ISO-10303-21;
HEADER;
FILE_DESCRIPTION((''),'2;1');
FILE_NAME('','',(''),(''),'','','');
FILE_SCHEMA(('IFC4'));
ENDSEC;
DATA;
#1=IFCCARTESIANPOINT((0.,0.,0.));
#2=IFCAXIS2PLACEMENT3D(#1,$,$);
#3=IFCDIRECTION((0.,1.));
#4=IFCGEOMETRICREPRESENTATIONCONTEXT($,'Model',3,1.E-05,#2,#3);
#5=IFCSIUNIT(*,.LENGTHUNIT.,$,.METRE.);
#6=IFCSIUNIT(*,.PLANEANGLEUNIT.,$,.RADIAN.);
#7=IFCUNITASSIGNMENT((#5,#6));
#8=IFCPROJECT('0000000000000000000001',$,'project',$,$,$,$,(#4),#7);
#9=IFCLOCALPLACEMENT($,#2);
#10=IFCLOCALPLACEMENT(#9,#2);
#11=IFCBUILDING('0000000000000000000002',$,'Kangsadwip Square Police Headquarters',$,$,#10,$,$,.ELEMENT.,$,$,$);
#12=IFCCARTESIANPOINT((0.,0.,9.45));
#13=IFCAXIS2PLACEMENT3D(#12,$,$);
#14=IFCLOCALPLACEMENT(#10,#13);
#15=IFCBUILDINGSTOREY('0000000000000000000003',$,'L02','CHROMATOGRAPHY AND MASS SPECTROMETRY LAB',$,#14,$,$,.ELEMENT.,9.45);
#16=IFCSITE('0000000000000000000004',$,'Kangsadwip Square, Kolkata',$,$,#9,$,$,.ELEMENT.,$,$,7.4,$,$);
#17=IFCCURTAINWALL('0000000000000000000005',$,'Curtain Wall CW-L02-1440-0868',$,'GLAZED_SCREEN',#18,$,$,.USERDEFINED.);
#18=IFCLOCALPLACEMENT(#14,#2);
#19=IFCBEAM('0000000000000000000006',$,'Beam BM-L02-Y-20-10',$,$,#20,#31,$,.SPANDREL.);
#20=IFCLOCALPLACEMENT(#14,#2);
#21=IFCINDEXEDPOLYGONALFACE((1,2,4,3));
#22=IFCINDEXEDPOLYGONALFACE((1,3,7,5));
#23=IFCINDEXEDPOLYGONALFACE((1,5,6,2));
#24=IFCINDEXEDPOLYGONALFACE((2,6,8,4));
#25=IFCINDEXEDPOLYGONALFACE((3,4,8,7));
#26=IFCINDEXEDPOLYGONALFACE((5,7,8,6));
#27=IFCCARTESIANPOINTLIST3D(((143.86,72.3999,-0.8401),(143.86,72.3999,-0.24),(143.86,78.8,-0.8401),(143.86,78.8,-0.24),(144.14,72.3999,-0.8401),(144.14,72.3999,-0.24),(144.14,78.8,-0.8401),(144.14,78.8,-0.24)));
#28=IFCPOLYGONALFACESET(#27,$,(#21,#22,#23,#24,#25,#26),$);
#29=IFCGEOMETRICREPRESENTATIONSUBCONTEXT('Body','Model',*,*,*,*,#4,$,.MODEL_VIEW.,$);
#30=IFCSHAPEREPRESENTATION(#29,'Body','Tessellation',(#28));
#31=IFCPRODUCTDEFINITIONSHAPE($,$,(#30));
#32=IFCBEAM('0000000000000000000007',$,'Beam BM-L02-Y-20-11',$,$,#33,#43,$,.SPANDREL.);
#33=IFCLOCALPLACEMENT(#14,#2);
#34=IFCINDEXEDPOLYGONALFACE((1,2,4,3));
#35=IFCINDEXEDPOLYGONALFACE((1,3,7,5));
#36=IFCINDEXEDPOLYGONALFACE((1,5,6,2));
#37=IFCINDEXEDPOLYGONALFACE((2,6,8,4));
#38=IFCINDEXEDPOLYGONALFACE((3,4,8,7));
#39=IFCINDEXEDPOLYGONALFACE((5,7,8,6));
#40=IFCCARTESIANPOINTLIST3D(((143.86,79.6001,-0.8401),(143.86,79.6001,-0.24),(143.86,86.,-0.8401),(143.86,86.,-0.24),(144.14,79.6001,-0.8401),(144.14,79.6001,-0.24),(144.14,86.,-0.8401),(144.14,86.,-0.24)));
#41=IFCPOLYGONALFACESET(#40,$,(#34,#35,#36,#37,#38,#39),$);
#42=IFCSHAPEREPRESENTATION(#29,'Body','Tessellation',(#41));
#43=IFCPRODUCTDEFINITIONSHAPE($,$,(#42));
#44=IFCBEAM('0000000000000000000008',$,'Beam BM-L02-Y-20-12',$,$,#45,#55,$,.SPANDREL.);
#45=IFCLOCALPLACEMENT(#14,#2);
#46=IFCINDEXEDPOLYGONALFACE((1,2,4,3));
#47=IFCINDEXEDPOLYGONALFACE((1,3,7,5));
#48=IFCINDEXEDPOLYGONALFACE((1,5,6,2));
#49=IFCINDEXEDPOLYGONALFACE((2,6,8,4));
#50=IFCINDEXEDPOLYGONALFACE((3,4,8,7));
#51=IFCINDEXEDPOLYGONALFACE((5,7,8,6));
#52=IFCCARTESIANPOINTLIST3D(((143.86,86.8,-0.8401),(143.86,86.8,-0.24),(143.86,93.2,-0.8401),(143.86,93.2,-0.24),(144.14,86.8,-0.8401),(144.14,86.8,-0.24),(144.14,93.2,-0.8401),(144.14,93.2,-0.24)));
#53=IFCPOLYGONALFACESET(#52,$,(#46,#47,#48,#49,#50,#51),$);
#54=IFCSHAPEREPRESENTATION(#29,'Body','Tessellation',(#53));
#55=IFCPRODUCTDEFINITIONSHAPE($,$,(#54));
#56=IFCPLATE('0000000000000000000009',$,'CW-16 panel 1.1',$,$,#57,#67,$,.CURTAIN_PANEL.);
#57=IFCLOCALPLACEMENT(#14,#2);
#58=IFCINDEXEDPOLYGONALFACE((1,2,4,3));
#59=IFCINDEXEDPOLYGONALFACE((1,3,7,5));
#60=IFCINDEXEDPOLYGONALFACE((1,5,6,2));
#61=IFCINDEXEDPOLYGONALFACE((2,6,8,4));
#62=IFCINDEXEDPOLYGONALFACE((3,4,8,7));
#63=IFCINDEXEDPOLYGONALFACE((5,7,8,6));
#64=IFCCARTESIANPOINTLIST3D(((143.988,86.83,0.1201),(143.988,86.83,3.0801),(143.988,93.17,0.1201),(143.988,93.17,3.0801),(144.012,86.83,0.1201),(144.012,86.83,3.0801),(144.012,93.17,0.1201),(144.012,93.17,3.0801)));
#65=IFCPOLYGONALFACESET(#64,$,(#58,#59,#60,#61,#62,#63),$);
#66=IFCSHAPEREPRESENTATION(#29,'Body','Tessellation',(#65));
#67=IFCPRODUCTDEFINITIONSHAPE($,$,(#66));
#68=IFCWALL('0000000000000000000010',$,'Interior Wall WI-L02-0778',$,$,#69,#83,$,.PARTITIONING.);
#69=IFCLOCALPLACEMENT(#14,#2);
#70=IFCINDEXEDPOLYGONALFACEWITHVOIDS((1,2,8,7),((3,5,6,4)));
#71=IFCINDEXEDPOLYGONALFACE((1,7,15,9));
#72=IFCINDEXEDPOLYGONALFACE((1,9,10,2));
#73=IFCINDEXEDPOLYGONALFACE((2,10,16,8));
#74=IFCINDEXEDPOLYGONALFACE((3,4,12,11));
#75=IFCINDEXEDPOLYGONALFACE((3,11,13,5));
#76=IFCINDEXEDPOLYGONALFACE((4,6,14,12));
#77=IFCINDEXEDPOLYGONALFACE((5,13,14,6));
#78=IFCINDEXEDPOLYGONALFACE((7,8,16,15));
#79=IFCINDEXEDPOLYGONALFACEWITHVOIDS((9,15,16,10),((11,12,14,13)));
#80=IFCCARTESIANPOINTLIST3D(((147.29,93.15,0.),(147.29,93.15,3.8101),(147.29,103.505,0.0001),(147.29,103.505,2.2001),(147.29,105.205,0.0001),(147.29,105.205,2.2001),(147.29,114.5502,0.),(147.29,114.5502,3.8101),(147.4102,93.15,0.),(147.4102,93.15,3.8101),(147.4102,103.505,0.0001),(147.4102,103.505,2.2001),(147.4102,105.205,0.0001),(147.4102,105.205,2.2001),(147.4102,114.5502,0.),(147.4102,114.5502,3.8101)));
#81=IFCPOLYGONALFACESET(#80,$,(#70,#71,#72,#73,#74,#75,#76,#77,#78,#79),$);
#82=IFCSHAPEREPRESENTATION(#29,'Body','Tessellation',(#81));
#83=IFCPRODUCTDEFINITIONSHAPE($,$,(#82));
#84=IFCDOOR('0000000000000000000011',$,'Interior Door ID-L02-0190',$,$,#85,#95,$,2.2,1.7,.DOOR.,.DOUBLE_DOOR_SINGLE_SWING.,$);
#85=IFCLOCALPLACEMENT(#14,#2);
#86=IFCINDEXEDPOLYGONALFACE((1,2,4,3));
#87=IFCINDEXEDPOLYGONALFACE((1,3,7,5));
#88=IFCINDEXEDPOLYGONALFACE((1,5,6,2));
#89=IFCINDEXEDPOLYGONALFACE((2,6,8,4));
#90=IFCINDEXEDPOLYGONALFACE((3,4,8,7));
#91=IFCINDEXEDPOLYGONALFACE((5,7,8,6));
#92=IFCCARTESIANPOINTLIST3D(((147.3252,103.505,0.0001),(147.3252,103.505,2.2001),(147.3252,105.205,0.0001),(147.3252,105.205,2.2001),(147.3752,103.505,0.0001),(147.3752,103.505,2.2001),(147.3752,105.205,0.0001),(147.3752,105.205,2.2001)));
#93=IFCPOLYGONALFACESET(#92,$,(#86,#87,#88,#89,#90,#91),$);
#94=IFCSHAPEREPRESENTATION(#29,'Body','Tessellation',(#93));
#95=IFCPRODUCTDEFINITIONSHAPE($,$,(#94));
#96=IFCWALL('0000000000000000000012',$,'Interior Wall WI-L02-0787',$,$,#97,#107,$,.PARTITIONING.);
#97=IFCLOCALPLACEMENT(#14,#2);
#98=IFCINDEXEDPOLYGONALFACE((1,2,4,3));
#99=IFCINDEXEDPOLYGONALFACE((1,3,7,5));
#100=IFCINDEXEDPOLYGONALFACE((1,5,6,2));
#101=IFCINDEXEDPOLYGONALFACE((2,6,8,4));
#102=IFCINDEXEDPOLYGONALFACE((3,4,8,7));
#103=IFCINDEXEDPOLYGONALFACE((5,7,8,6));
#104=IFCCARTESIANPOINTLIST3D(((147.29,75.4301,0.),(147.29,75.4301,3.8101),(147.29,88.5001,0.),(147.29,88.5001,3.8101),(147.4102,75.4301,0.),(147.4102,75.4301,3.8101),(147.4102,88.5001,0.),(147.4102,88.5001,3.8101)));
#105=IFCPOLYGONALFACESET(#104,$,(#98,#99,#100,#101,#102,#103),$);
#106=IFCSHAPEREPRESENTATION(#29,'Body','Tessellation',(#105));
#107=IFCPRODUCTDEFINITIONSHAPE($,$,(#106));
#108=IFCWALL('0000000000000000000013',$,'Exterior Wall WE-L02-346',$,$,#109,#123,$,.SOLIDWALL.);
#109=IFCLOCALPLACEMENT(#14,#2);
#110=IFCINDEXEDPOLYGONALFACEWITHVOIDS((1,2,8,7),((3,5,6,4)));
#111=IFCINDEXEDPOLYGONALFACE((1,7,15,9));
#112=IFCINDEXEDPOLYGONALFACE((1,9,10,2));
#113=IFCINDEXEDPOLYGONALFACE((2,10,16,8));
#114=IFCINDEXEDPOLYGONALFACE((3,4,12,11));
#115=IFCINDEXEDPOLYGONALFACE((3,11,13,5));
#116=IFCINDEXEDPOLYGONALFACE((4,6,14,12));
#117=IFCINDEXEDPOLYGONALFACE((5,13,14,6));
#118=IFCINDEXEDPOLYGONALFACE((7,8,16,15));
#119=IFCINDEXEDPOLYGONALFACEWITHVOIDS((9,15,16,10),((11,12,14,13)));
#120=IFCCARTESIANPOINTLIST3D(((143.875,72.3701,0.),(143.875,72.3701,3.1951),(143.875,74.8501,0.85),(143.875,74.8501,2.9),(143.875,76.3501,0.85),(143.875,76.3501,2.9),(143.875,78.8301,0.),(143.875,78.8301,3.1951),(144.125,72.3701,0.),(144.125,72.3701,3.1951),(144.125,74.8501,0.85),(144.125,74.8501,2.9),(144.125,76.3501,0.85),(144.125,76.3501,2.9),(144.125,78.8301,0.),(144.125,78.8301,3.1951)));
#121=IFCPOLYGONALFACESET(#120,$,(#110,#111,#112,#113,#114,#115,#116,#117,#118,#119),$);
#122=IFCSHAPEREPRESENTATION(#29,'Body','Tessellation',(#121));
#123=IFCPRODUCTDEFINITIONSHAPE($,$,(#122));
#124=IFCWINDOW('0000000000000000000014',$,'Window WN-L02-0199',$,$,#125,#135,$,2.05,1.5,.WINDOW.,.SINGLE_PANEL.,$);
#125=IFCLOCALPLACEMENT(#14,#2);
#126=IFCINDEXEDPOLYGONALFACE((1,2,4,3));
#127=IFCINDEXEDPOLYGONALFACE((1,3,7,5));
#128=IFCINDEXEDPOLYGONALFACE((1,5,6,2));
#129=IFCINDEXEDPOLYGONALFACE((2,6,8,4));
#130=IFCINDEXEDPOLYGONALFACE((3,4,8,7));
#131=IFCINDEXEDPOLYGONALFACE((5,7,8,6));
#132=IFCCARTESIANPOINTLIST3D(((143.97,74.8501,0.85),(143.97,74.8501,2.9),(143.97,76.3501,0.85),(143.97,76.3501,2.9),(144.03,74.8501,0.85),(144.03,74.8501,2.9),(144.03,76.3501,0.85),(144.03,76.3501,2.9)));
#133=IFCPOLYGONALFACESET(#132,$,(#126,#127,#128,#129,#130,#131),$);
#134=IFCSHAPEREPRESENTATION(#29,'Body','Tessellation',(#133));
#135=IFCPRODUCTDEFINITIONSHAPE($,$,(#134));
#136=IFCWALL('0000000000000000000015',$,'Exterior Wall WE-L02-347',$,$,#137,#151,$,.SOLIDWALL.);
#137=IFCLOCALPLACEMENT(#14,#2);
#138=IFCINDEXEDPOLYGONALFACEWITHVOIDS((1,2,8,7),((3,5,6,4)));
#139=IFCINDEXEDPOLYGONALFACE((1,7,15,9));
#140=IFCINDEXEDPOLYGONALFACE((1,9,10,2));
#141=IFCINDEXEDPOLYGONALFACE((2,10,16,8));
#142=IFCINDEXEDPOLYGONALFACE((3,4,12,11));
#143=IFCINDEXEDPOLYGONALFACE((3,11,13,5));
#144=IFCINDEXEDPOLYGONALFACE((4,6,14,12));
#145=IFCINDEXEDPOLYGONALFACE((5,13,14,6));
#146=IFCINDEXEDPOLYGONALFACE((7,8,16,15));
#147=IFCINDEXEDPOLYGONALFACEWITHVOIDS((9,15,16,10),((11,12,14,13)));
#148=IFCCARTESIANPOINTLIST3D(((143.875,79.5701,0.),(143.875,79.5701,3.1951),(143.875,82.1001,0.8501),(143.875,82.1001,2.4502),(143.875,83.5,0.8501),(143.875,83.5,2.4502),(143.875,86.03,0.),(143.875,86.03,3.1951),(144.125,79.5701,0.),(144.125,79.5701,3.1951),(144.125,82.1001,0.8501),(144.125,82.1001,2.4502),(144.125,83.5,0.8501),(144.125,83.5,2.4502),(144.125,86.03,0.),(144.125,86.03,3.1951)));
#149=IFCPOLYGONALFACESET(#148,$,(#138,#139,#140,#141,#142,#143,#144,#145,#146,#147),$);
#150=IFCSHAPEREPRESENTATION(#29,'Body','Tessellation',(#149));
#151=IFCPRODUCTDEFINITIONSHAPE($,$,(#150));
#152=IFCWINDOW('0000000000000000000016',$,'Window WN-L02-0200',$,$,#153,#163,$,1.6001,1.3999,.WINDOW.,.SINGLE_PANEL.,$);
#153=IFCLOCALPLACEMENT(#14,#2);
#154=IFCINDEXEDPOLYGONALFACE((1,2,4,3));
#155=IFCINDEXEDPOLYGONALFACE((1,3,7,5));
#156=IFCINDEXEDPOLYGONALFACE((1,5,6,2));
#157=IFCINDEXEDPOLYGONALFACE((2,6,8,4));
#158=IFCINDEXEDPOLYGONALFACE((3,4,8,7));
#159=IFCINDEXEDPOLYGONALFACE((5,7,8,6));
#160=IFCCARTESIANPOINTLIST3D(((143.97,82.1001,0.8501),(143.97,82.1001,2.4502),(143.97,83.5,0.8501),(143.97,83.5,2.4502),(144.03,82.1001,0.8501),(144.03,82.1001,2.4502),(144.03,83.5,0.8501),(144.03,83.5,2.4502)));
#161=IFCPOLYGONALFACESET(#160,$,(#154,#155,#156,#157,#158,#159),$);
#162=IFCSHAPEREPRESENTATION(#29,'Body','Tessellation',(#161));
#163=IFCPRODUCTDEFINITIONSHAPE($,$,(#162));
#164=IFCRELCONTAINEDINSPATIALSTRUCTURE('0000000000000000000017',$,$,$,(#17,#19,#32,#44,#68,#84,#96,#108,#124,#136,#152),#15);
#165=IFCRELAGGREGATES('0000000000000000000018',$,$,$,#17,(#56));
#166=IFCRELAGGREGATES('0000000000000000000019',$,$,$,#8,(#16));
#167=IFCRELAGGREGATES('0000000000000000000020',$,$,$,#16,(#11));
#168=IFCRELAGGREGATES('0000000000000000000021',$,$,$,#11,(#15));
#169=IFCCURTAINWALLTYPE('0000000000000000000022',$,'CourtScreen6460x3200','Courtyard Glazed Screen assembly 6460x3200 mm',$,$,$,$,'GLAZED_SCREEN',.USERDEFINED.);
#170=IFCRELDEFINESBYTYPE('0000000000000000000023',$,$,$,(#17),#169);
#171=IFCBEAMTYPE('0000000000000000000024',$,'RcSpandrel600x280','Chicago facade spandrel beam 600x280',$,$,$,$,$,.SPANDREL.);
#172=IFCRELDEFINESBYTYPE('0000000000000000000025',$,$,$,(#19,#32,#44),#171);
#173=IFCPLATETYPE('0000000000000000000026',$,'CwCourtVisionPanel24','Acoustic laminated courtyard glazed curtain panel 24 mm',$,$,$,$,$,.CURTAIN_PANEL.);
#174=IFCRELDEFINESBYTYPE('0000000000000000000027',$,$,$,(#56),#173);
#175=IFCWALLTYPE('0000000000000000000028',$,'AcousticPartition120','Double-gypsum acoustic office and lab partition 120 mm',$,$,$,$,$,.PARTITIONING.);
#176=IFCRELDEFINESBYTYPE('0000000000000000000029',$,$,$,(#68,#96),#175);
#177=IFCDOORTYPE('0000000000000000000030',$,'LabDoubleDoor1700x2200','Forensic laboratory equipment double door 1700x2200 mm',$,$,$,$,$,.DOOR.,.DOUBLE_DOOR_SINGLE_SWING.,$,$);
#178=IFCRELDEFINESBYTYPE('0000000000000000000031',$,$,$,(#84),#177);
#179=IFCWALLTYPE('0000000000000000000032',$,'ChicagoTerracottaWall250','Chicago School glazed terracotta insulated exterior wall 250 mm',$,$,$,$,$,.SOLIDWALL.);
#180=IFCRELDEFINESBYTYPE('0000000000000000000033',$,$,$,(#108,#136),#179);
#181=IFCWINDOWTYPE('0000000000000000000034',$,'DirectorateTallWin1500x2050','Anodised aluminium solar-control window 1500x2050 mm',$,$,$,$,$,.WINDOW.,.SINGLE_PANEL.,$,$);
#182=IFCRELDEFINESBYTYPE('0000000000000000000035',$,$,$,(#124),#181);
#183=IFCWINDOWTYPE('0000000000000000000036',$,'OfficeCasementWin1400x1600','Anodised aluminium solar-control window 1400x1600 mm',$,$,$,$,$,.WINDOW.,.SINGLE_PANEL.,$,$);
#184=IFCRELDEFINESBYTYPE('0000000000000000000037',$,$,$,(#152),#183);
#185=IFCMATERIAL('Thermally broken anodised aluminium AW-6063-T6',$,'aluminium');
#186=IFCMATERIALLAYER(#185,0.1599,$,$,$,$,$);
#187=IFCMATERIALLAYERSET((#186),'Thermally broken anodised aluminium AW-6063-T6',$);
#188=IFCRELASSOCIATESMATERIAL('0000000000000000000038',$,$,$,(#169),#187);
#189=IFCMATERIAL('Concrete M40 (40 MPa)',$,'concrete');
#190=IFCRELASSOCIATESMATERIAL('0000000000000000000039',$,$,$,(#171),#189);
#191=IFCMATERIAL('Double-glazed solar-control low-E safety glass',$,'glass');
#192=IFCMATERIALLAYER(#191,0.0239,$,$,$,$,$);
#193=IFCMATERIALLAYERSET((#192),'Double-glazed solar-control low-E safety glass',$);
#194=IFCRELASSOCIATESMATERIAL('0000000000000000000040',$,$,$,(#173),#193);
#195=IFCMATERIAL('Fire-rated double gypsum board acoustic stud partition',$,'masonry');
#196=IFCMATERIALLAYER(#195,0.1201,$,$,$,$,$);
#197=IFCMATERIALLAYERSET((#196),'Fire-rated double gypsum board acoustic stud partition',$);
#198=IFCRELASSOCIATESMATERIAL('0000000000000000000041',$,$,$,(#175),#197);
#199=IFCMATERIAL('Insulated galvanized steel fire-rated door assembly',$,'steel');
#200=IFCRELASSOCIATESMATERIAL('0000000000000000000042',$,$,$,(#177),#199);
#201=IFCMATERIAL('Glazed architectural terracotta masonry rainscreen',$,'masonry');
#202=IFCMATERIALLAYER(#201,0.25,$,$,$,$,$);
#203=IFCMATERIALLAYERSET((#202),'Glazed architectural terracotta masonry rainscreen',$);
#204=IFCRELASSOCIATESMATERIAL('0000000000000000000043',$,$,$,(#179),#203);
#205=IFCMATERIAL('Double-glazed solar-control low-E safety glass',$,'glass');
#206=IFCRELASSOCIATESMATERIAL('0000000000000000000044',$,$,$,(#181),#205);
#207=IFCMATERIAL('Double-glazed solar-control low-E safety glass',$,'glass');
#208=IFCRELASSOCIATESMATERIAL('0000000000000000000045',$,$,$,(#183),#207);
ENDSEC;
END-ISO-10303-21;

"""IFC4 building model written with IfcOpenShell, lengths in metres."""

from ifc_helpers import new_model, si_unit, direction, frame, frame_2d, origin, origin_2d, place, context, subcontext, project, spatial, rectangle, extrude, material, layer, layer_set, material_profile, profile_set, type_object, element, fill, aggregate, save


model = new_model("IFC4")

# Units and contexts
model_context = context("Model", 3, precision=1e-05, world=origin(), true_north=direction((0.0, 1.0)))
body_context = subcontext(model_context, "Body", "Model", "MODEL_VIEW")
ifc_project = project(units=[si_unit("LENGTHUNIT", "METRE"), si_unit("PLANEANGLEUNIT", "RADIAN")], contexts=[model_context])

# Site, building, storey
site_placement = place(None, origin())
site = spatial("IfcSite", under=ifc_project, at=site_placement, Name="Kangsadwip Square, Kolkata", CompositionType="ELEMENT", RefElevation=7.4)
building_placement = place(site_placement, origin())
building = spatial("IfcBuilding", under=site, at=building_placement, Name="Kangsadwip Square Police Headquarters", CompositionType="ELEMENT")
storey_placement = place(building_placement, frame((0.0, 0.0, 9.45)))
storey = spatial("IfcBuildingStorey", under=building, at=storey_placement, Name="L02", Description="CHROMATOGRAPHY AND MASS SPECTROMETRY LAB", CompositionType="ELEMENT", Elevation=9.45)

# Curtain wall
ifc_material_1 = material(Name="Thermally broken anodised aluminium AW-6063-T6", Category="aluminium")
ifc_layer_1 = layer(ifc_material_1, 0.1599)
ifc_layer_set_1 = layer_set([ifc_layer_1], Name="Thermally broken anodised aluminium AW-6063-T6")
curtain_wall_type = type_object("IfcCurtainWallType", Name="CourtScreen6460x3200", Description="Courtyard Glazed Screen assembly 6460x3200 mm", ElementType="GLAZED_SCREEN", PredefinedType="USERDEFINED", material=ifc_layer_set_1)
curtain_wall_placement = place(storey_placement, origin())
curtain_wall = element("IfcCurtainWall", 1, at=curtain_wall_placement, inside=storey, type_object=curtain_wall_type, Name="Curtain Wall CW-L02-1440-0868", ObjectType="GLAZED_SCREEN", PredefinedType="USERDEFINED")

# Beams
ifc_material_2 = material(Name="Concrete M40 (40 MPa)", Category="concrete")
ifc_material_profile_1 = material_profile(ifc_material_2, rectangle(XDim=0.28, YDim=0.6001, at=origin_2d()), Name="RC SPN 600X280")
ifc_profile_set_1 = profile_set([ifc_material_profile_1], Name="Concrete M40 (40 MPa)")
beam_type_1 = type_object("IfcBeamType", Name="RcSpandrel600x280", Description="Chicago facade spandrel beam 600x280", PredefinedType="SPANDREL", material=ifc_profile_set_1)
beam_1_placement = place(storey_placement, frame((144.0, 72.3999, -0.54), z_axis=(0.0, 1.0, 0.0), x_axis=(-1.0, 0.0, 0.0)))
element("IfcBeam", 2, at=beam_1_placement, inside=storey, type_object=beam_type_1, Name="Beam BM-L02-Y-20-10", PredefinedType="SPANDREL", context=body_context, shape_type="SweptSolid", body=[
    extrude(rectangle(XDim=0.28, YDim=0.6001, at=origin_2d()), origin(), (0.0, 0.0, 1.0), 6.4001),
])
for number, where, z_axis, x_axis, name in (
    (3, (144.0, 79.6001, -0.54), (0.0, 1.0, 0.0), (-1.0, 0.0, 0.0), "Beam BM-L02-Y-20-11"),
    (4, (144.0, 86.8, -0.54), (0.0, 1.0, 0.0), (-1.0, 0.0, 0.0), "Beam BM-L02-Y-20-12"),
):
    element("IfcBeam", number, at=place(storey_placement, frame(where, z_axis=z_axis, x_axis=x_axis)), inside=storey, type_object=beam_type_1, Name=name, PredefinedType="SPANDREL", context=body_context, shape_type="SweptSolid", body=[
        extrude(rectangle(XDim=0.28, YDim=0.6001, at=origin_2d()), origin(), (0.0, 0.0, 1.0), 6.3999),
    ])

# Plate
ifc_material_3 = material(Name="Double-glazed solar-control low-E safety glass", Category="glass")
ifc_layer_2 = layer(ifc_material_3, 0.0239)
ifc_layer_set_2 = layer_set([ifc_layer_2], Name="Double-glazed solar-control low-E safety glass")
plate_type = type_object("IfcPlateType", Name="CwCourtVisionPanel24", Description="Acoustic laminated courtyard glazed curtain panel 24 mm", PredefinedType="CURTAIN_PANEL", material=ifc_layer_set_2)
plate_placement = place(storey_placement, frame((144.0, 90.0, 0.1201), z_axis=(0.0, 0.0, 1.0), x_axis=(0.0, 1.0, 0.0)))
plate = element("IfcPlate", 5, at=plate_placement, type_object=plate_type, Name="CW-16 panel 1.1", PredefinedType="CURTAIN_PANEL", context=body_context, shape_type="SweptSolid", body=[
    extrude(rectangle(XDim=6.3401, YDim=0.0239, at=origin_2d()), origin(), (0.0, 0.0, 1.0), 2.96),
])
aggregate(curtain_wall, [plate])

# Wall, opening, door
ifc_material_4 = material(Name="Fire-rated double gypsum board acoustic stud partition", Category="masonry")
ifc_layer_3 = layer(ifc_material_4, 0.1201)
ifc_layer_set_3 = layer_set([ifc_layer_3], Name="Fire-rated double gypsum board acoustic stud partition")
wall_type_1 = type_object("IfcWallType", Name="AcousticPartition120", Description="Double-gypsum acoustic office and lab partition 120 mm", PredefinedType="PARTITIONING", material=ifc_layer_set_3)
wall_1_placement = place(storey_placement, frame((147.3501, 93.1499, 0.0), z_axis=(0.0, 0.0, 1.0), x_axis=(0.0, 1.0, 0.0)))
wall_1 = element("IfcWall", 6, at=wall_1_placement, inside=storey, type_object=wall_type_1, Name="Interior Wall WI-L02-0778", PredefinedType="PARTITIONING", context=body_context, shape_type="SweptSolid", body=[
    extrude(rectangle(XDim=21.4001, YDim=0.1201, at=frame_2d((10.7002, 0.0))), origin(), (0.0, 0.0, 1.0), 3.8101),
])
opening_1_placement = place(wall_1_placement, frame((10.355, 0.0, 0.0)))
opening_1 = element("IfcOpeningElement", 7, at=opening_1_placement, cuts=wall_1, PredefinedType="OPENING", context=body_context, shape_type="SweptSolid", body=[
    extrude(rectangle(XDim=1.7, YDim=2.2, at=frame_2d((0.8501, 1.1001))), frame((0.0, 0.0701, 0.0), z_axis=(0.0, -1.0, 0.0), x_axis=(1.0, 0.0, 0.0)), (0.0, 0.0, 1.0), 0.1401),
])
ifc_material_5 = material(Name="Insulated galvanized steel fire-rated door assembly", Category="steel")
door_type_1 = type_object("IfcDoorType", Name="LabDoubleDoor1700x2200", Description="Forensic laboratory equipment double door 1700x2200 mm", OperationType="DOUBLE_DOOR_SINGLE_SWING", PredefinedType="DOOR", material=ifc_material_5)
door_1_placement = place(opening_1_placement, origin())
door_1 = element("IfcDoor", 8, at=door_1_placement, inside=storey, type_object=door_type_1, Name="Interior Door ID-L02-0190", OperationType="DOUBLE_DOOR_SINGLE_SWING", OverallHeight=2.2, OverallWidth=1.7, PredefinedType="DOOR", context=body_context, shape_type="SweptSolid", body=[
    extrude(rectangle(XDim=1.7, YDim=2.2, at=frame_2d((0.8501, 1.1001))), frame((0.0, 0.0249, 0.0), z_axis=(0.0, -1.0, 0.0), x_axis=(1.0, 0.0, 0.0)), (0.0, 0.0, 1.0), 0.05),
])
fill(opening_1, door_1)

# Wall
wall_2_placement = place(storey_placement, frame((147.3501, 75.4299, 0.0), z_axis=(0.0, 0.0, 1.0), x_axis=(0.0, 1.0, 0.0)))
element("IfcWall", 9, at=wall_2_placement, inside=storey, type_object=wall_type_1, Name="Interior Wall WI-L02-0787", PredefinedType="PARTITIONING", context=body_context, shape_type="SweptSolid", body=[
    extrude(rectangle(XDim=13.0701, YDim=0.1201, at=frame_2d((6.5352, 0.0))), origin(), (0.0, 0.0, 1.0), 3.8101),
])

# Walls, openings, windows
ifc_material_6 = material(Name="Glazed architectural terracotta masonry rainscreen", Category="masonry")
ifc_layer_4 = layer(ifc_material_6, 0.25)
ifc_layer_set_4 = layer_set([ifc_layer_4], Name="Glazed architectural terracotta masonry rainscreen")
wall_type_2 = type_object("IfcWallType", Name="ChicagoTerracottaWall250", Description="Chicago School glazed terracotta insulated exterior wall 250 mm", PredefinedType="SOLIDWALL", material=ifc_layer_set_4)
wall_3_placement = place(storey_placement, frame((144.0, 72.3701, 0.0), z_axis=(0.0, 0.0, 1.0), x_axis=(0.0, 1.0, 0.0)))
wall_3 = element("IfcWall", 10, at=wall_3_placement, inside=storey, type_object=wall_type_2, Name="Exterior Wall WE-L02-346", PredefinedType="SOLIDWALL", context=body_context, shape_type="SweptSolid", body=[
    extrude(rectangle(XDim=6.46, YDim=0.25, at=frame_2d((3.23, 0.0))), origin(), (0.0, 0.0, 1.0), 3.1951),
])
opening_2_placement = place(wall_3_placement, frame((2.48, 0.0, 0.8501)))
opening_2 = element("IfcOpeningElement", 11, at=opening_2_placement, cuts=wall_3, PredefinedType="OPENING", context=body_context, shape_type="SweptSolid", body=[
    extrude(rectangle(XDim=1.5, YDim=2.05, at=frame_2d((0.75, 1.0249))), frame((0.0, 0.135, 0.0), z_axis=(0.0, -1.0, 0.0), x_axis=(1.0, 0.0, 0.0)), (0.0, 0.0, 1.0), 0.27),
])
ifc_material_7 = material(Name="Double-glazed solar-control low-E safety glass", Category="glass")
window_type_1 = type_object("IfcWindowType", Name="DirectorateTallWin1500x2050", Description="Anodised aluminium solar-control window 1500x2050 mm", PartitioningType="SINGLE_PANEL", PredefinedType="WINDOW", material=ifc_material_7)
window_1_placement = place(opening_2_placement, origin())
window_1 = element("IfcWindow", 12, at=window_1_placement, inside=storey, type_object=window_type_1, Name="Window WN-L02-0199", OverallHeight=2.05, OverallWidth=1.5, PartitioningType="SINGLE_PANEL", PredefinedType="WINDOW", context=body_context, shape_type="SweptSolid", body=[
    extrude(rectangle(XDim=1.5, YDim=2.05, at=frame_2d((0.75, 1.0249))), frame((0.0, 0.03, 0.0), z_axis=(0.0, -1.0, 0.0), x_axis=(1.0, 0.0, 0.0)), (0.0, 0.0, 1.0), 0.0601),
])
fill(opening_2, window_1)
wall_4_placement = place(storey_placement, frame((144.0, 79.5701, 0.0), z_axis=(0.0, 0.0, 1.0), x_axis=(0.0, 1.0, 0.0)))
wall_4 = element("IfcWall", 13, at=wall_4_placement, inside=storey, type_object=wall_type_2, Name="Exterior Wall WE-L02-347", PredefinedType="SOLIDWALL", context=body_context, shape_type="SweptSolid", body=[
    extrude(rectangle(XDim=6.46, YDim=0.25, at=frame_2d((3.23, 0.0))), origin(), (0.0, 0.0, 1.0), 3.1951),
])
opening_3_placement = place(wall_4_placement, frame((2.53, 0.0, 0.8501)))
opening_3 = element("IfcOpeningElement", 14, at=opening_3_placement, cuts=wall_4, PredefinedType="OPENING", context=body_context, shape_type="SweptSolid", body=[
    extrude(rectangle(XDim=1.3999, YDim=1.6001, at=frame_2d((0.7, 0.8))), frame((0.0, 0.135, 0.0), z_axis=(0.0, -1.0, 0.0), x_axis=(1.0, 0.0, 0.0)), (0.0, 0.0, 1.0), 0.27),
])
ifc_material_8 = material(Name="Double-glazed solar-control low-E safety glass", Category="glass")
window_type_2 = type_object("IfcWindowType", Name="OfficeCasementWin1400x1600", Description="Anodised aluminium solar-control window 1400x1600 mm", PartitioningType="SINGLE_PANEL", PredefinedType="WINDOW", material=ifc_material_8)
window_2_placement = place(opening_3_placement, origin())
window_2 = element("IfcWindow", 15, at=window_2_placement, inside=storey, type_object=window_type_2, Name="Window WN-L02-0200", OverallHeight=1.6001, OverallWidth=1.3999, PartitioningType="SINGLE_PANEL", PredefinedType="WINDOW", context=body_context, shape_type="SweptSolid", body=[
    extrude(rectangle(XDim=1.3999, YDim=1.6001, at=frame_2d((0.7, 0.8))), frame((0.0, 0.03, 0.0), z_axis=(0.0, -1.0, 0.0), x_axis=(1.0, 0.0, 0.0)), (0.0, 0.0, 1.0), 0.0601),
])
fill(opening_3, window_2)

save(model, "model.ifc")
